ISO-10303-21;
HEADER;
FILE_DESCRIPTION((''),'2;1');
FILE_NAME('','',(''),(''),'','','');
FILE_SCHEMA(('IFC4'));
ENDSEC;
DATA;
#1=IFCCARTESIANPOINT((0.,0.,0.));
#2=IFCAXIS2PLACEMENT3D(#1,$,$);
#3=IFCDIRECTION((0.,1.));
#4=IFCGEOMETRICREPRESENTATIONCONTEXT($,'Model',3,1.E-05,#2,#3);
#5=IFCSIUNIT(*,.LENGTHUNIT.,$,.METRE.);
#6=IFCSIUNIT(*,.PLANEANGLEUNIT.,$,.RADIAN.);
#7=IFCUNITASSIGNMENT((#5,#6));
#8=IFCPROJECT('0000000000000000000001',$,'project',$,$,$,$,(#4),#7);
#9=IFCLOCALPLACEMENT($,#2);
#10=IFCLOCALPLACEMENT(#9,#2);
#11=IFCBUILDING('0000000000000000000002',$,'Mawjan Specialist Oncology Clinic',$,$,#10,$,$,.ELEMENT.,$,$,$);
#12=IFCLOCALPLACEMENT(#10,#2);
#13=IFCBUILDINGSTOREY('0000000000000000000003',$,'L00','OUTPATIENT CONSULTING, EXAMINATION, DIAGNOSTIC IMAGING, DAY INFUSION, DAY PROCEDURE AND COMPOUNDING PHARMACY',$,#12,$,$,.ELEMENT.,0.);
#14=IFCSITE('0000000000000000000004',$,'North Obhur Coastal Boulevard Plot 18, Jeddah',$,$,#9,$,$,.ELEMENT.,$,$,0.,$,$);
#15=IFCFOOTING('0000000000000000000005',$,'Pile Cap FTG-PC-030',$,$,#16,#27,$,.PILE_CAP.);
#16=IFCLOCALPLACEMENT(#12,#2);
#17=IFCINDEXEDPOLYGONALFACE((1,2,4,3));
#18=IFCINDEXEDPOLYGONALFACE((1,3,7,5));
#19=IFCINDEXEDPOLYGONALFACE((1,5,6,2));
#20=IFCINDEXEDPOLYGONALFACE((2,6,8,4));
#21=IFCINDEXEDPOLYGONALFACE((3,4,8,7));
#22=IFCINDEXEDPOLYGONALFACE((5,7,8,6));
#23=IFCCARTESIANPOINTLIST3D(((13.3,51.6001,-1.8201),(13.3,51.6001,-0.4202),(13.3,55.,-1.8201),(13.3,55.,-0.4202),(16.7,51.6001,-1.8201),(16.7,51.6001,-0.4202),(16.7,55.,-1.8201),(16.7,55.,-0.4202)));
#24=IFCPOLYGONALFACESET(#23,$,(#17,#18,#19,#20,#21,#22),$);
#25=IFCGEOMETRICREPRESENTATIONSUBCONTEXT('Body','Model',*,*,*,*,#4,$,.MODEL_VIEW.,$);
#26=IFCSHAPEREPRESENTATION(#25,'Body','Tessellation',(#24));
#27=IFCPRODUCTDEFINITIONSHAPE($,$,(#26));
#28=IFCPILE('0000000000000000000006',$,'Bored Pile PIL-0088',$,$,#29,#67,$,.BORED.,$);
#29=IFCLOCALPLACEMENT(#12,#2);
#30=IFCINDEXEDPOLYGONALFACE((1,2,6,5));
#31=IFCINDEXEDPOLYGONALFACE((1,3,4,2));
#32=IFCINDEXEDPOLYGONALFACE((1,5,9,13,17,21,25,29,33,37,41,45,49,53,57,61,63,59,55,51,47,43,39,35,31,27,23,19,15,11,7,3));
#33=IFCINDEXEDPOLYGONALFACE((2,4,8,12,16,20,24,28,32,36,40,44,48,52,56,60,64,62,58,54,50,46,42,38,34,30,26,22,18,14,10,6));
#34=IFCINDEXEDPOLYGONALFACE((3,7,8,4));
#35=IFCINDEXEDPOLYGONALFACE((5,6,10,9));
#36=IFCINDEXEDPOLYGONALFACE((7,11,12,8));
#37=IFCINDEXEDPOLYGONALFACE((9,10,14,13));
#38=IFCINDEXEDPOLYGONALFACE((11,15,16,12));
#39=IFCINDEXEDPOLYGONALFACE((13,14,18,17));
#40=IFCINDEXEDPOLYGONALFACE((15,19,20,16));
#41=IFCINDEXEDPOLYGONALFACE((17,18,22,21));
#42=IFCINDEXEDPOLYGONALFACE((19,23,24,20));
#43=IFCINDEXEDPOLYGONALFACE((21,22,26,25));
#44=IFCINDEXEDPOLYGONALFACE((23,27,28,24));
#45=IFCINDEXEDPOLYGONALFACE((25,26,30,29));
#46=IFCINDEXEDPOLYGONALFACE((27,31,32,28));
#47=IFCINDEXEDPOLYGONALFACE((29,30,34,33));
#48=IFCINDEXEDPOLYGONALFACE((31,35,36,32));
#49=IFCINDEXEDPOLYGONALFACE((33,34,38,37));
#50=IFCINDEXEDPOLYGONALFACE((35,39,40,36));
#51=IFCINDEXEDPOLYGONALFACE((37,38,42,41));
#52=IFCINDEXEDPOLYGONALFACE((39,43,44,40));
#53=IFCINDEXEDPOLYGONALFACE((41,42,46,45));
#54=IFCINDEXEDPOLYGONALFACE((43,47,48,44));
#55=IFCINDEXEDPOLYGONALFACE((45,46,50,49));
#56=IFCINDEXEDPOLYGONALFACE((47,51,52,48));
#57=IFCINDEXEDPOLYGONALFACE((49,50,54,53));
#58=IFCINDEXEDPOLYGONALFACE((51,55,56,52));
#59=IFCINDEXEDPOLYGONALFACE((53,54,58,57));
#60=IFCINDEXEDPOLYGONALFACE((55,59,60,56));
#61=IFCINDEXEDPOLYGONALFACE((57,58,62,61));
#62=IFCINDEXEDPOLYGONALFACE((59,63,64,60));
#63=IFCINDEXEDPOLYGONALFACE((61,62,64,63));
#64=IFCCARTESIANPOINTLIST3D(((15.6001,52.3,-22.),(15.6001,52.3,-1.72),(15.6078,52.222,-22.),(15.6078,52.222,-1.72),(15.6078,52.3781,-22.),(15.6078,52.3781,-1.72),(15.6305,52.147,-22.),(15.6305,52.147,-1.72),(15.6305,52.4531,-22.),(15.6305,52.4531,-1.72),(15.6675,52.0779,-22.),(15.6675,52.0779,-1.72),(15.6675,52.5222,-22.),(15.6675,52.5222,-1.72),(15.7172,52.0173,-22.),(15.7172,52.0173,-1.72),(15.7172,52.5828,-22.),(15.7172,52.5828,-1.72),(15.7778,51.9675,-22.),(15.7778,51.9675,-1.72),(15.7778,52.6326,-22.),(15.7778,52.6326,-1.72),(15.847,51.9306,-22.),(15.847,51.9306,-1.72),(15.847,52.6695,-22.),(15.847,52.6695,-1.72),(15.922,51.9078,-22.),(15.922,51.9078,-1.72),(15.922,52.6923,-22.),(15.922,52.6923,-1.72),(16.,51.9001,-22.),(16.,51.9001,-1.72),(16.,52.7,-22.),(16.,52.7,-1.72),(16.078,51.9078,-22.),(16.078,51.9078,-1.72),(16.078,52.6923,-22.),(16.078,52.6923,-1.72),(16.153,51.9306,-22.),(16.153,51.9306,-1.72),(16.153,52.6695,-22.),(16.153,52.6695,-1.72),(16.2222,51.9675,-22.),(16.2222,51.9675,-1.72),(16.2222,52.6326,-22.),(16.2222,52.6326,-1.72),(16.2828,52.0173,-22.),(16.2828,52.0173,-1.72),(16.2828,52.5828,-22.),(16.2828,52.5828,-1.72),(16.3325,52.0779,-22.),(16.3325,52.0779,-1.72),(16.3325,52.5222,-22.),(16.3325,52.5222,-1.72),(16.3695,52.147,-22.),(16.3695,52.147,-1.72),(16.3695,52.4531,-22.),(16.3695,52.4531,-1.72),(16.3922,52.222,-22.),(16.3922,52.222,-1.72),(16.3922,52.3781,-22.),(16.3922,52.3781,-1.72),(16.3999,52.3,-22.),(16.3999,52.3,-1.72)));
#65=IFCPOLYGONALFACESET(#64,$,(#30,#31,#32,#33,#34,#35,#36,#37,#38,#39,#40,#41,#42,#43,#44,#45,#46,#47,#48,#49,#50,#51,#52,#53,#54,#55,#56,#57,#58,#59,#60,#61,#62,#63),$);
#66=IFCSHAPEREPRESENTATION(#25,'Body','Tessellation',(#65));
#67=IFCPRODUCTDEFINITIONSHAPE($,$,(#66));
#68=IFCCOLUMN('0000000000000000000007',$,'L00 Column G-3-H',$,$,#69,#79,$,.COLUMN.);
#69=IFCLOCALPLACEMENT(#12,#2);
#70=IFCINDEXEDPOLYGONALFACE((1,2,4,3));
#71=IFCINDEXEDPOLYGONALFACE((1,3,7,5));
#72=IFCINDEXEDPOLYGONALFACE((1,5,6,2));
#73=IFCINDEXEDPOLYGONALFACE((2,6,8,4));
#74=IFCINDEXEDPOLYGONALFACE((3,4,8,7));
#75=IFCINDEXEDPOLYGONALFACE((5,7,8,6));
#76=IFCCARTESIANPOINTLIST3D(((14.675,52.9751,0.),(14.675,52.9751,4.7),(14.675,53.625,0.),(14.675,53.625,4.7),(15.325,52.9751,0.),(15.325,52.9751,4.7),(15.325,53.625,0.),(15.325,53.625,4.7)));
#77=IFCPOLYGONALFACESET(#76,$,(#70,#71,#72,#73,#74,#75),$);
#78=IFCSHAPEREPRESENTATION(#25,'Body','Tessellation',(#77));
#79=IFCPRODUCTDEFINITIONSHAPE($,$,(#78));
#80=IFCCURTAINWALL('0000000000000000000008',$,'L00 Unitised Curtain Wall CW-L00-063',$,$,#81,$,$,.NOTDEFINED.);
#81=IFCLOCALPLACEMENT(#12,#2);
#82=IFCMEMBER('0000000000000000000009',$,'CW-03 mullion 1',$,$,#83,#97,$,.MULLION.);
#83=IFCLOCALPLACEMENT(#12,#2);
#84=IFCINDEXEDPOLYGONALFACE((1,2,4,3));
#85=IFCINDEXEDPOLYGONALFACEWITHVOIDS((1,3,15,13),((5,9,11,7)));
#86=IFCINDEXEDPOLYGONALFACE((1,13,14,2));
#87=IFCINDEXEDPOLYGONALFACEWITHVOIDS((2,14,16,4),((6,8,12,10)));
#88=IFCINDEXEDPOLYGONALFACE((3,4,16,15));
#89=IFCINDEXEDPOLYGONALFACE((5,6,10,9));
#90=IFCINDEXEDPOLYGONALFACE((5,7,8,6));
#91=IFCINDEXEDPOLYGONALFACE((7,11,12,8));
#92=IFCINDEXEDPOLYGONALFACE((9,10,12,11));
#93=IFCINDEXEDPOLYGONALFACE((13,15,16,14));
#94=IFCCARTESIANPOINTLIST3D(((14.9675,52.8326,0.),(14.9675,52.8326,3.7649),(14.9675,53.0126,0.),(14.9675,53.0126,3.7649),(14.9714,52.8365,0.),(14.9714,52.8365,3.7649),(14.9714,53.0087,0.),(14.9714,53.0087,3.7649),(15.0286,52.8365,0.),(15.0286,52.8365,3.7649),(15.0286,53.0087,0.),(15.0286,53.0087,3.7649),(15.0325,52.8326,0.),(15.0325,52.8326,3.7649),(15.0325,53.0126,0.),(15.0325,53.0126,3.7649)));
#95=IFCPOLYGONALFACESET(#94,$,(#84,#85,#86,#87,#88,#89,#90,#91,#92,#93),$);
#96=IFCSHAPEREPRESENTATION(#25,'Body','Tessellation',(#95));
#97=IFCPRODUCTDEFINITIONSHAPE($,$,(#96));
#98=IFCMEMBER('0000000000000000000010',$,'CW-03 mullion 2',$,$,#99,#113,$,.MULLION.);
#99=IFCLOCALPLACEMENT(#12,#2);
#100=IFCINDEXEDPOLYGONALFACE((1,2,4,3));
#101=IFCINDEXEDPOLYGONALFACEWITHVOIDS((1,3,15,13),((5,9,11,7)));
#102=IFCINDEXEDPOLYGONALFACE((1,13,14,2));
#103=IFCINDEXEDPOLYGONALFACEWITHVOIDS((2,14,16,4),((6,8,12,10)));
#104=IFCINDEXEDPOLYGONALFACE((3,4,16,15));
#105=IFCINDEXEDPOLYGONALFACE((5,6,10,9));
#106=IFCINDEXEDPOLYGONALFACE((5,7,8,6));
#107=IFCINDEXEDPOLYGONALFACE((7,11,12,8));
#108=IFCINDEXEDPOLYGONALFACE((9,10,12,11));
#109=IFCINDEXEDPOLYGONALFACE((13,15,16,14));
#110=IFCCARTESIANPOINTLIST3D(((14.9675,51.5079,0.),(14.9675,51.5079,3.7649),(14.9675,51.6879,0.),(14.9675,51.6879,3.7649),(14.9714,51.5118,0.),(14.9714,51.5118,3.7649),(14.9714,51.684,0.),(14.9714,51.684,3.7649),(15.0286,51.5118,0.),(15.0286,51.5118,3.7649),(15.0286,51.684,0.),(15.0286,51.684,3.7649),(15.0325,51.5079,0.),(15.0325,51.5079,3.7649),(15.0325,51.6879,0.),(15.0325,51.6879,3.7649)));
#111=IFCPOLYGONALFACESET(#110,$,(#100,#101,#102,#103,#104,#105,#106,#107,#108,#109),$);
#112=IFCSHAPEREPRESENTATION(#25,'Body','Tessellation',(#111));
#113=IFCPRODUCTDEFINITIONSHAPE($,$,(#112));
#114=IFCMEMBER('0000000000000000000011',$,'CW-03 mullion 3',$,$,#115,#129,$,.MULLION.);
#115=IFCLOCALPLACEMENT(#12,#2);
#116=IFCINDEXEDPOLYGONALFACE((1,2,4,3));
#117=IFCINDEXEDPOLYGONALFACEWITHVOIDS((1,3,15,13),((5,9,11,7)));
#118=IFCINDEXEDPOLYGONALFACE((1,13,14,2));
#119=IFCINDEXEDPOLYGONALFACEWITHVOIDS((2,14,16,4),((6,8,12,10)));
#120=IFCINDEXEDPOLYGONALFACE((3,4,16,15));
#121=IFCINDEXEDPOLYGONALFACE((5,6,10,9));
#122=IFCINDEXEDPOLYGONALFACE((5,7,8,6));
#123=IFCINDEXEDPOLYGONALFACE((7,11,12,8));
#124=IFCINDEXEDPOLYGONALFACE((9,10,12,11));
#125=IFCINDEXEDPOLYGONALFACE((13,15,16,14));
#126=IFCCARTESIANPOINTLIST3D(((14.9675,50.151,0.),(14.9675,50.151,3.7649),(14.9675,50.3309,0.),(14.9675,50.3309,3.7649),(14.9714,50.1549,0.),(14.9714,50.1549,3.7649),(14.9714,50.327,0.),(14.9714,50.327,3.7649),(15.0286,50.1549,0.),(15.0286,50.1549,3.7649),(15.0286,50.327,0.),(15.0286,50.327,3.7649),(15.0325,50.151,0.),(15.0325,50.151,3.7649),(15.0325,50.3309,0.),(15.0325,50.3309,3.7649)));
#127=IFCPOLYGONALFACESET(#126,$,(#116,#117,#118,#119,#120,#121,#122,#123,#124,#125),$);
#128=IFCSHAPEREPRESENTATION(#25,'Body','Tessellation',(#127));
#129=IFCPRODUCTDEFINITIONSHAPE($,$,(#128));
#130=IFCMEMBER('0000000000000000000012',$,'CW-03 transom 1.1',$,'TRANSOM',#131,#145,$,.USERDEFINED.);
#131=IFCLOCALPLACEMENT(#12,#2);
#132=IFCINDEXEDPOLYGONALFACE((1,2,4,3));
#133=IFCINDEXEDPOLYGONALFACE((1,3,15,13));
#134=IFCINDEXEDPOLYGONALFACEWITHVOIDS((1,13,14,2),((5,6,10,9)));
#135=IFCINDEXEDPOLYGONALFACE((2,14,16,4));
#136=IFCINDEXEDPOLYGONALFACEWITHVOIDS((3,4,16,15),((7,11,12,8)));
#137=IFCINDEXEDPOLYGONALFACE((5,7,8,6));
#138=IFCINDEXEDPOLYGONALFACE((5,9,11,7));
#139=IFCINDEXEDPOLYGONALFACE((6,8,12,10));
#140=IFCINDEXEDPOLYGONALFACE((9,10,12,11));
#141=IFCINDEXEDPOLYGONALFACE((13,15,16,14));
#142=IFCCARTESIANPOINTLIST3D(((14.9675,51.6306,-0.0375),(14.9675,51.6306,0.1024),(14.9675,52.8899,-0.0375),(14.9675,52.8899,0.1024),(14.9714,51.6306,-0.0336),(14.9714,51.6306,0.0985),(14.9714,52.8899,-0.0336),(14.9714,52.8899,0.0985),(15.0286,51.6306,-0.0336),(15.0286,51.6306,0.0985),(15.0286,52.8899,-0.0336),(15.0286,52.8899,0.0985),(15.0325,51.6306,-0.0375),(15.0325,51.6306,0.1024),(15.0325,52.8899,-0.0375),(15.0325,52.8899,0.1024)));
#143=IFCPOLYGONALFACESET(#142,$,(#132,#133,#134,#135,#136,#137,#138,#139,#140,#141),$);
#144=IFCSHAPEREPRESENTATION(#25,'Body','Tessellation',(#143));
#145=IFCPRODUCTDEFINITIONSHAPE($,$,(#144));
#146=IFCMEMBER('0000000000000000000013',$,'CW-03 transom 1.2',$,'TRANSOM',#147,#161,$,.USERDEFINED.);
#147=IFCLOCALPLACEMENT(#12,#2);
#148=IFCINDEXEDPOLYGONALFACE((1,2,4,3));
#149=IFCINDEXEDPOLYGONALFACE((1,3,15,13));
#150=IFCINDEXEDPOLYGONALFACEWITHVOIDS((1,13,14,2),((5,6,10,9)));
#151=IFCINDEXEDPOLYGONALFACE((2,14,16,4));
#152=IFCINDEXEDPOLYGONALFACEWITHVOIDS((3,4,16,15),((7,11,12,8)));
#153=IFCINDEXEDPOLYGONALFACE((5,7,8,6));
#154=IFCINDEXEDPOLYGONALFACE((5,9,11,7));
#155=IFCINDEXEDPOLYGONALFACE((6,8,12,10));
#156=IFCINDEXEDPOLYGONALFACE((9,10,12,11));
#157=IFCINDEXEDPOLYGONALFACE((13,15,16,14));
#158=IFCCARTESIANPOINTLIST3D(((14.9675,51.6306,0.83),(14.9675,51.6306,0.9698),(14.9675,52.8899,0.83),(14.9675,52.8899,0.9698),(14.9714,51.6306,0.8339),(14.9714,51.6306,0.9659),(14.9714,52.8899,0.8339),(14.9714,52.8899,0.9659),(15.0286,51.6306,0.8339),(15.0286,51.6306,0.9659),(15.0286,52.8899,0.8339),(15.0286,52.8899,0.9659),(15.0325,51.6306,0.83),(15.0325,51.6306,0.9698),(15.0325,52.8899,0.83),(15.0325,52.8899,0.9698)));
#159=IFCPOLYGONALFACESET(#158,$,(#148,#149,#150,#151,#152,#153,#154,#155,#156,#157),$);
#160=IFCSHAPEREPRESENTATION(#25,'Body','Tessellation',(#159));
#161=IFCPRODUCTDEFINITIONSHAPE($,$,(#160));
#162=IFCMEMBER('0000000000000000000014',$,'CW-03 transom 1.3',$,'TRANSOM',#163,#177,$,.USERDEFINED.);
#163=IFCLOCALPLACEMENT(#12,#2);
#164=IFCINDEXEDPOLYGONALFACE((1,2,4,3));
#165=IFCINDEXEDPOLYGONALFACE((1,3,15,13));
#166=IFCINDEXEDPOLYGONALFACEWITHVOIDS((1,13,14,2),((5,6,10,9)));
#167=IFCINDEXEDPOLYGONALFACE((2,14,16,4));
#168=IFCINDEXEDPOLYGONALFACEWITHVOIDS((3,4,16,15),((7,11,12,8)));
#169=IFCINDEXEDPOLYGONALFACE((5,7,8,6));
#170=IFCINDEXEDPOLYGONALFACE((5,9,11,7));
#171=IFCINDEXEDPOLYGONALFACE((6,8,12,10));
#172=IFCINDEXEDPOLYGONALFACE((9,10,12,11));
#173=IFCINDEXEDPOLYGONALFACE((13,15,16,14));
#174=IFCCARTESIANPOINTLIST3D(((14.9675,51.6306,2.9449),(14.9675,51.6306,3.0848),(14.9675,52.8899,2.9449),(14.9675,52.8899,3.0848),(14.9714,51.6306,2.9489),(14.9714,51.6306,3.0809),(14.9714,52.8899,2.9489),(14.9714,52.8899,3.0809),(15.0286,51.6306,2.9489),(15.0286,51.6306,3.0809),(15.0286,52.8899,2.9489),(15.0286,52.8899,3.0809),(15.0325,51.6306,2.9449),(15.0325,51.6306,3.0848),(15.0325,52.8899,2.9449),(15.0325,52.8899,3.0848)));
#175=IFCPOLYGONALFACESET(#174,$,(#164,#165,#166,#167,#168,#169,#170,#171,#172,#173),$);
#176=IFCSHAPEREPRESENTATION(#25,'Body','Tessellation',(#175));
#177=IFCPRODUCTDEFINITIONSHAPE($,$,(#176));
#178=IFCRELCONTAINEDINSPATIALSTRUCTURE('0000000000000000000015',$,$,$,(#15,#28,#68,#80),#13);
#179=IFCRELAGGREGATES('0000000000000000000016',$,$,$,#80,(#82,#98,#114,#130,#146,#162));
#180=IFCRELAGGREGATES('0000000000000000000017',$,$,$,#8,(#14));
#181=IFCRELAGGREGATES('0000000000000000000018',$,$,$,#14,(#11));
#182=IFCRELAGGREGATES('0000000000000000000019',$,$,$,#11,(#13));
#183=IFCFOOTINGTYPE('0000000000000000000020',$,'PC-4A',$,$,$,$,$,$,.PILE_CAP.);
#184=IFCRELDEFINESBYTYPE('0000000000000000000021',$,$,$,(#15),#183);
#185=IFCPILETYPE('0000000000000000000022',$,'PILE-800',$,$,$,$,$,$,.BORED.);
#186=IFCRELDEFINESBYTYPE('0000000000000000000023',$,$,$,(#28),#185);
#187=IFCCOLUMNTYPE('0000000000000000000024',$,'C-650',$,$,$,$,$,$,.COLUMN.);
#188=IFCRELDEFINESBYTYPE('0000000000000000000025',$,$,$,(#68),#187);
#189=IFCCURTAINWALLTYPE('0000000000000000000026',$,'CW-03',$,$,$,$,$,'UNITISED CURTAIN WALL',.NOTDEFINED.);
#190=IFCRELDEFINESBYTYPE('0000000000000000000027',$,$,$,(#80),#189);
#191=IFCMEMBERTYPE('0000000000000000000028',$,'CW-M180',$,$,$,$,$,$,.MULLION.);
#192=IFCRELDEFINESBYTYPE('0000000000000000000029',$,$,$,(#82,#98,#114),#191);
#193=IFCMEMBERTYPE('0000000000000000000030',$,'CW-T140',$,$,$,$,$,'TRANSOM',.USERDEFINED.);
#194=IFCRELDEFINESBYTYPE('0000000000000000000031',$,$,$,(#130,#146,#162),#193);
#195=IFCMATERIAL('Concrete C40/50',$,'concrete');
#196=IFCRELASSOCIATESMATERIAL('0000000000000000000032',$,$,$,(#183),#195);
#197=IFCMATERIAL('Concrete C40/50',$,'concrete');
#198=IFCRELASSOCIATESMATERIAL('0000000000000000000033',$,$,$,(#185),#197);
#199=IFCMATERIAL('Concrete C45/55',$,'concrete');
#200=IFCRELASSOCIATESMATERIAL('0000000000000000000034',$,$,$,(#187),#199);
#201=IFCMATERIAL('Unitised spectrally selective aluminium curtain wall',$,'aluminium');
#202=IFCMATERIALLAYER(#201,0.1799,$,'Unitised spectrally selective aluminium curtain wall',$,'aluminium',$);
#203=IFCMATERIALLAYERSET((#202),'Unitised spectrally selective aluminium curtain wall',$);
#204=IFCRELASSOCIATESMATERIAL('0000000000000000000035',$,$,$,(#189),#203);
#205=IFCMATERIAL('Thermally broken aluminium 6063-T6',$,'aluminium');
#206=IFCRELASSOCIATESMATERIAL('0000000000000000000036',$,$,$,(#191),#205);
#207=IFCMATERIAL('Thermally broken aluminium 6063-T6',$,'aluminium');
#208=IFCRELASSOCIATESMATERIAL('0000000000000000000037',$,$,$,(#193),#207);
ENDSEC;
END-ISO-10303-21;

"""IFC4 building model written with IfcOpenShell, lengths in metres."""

from ifc_helpers import new_model, si_unit, direction, frame, origin, origin_2d, place, context, subcontext, project, spatial, rectangle, hollow_rectangle, circle, extrude, material, layer, layer_set, material_profile, profile_set, type_object, element, aggregate, save


model = new_model("IFC4")

# Units and contexts
model_context = context("Model", 3, precision=1e-05, world=origin(), true_north=direction((0.0, 1.0)))
body_context = subcontext(model_context, "Body", "Model", "MODEL_VIEW")
ifc_project = project(units=[si_unit("LENGTHUNIT", "METRE"), si_unit("PLANEANGLEUNIT", "RADIAN")], contexts=[model_context])

# Site, building, storey
site_placement = place(None, origin())
site = spatial("IfcSite", under=ifc_project, at=site_placement, Name="North Obhur Coastal Boulevard Plot 18, Jeddah", CompositionType="ELEMENT", RefElevation=0.0)
building_placement = place(site_placement, origin())
building = spatial("IfcBuilding", under=site, at=building_placement, Name="Mawjan Specialist Oncology Clinic", CompositionType="ELEMENT")
storey_placement = place(building_placement, origin())
storey = spatial("IfcBuildingStorey", under=building, at=storey_placement, Name="L00", Description="OUTPATIENT CONSULTING, EXAMINATION, DIAGNOSTIC IMAGING, DAY INFUSION, DAY PROCEDURE AND COMPOUNDING PHARMACY", CompositionType="ELEMENT", Elevation=0.0)

# Footing
ifc_material_1 = material(Name="Concrete C40/50", Category="concrete")
footing_type = type_object("IfcFootingType", Name="PC-4A", PredefinedType="PILE_CAP", material=ifc_material_1)
footing_placement = place(storey_placement, frame((15.0, 53.3, -1.8201), z_axis=(0.0, 0.0, 1.0), x_axis=(1.0, 0.0, 0.0)))
element("IfcFooting", 1, at=footing_placement, inside=storey, type_object=footing_type, Name="Pile Cap FTG-PC-030", PredefinedType="PILE_CAP", context=body_context, shape_type="SweptSolid", body=[
    extrude(rectangle(XDim=3.3999, YDim=3.3999, at=origin_2d()), origin(), (0.0, 0.0, 1.0), 1.3999),
])

# Pile
ifc_material_2 = material(Name="Concrete C40/50", Category="concrete")
ifc_material_profile_1 = material_profile(ifc_material_2, circle(Radius=0.3999, at=origin_2d()), Name="BORED PILE D800", Category="concrete")
ifc_profile_set_1 = profile_set([ifc_material_profile_1], Name="Concrete C40/50")
pile_type = type_object("IfcPileType", Name="PILE-800", PredefinedType="BORED", material=ifc_profile_set_1)
pile_placement = place(storey_placement, frame((16.0, 52.3, -1.72), z_axis=(0.0, 0.0, -1.0), x_axis=(1.0, 0.0, 0.0)))
element("IfcPile", 2, at=pile_placement, inside=storey, type_object=pile_type, Name="Bored Pile PIL-0088", PredefinedType="BORED", context=body_context, shape_type="SweptSolid", body=[
    extrude(circle(Radius=0.3999, at=origin_2d()), origin(), (0.0, 0.0, 1.0), 20.28),
])

# Column
ifc_material_3 = material(Name="Concrete C45/55", Category="concrete")
ifc_material_profile_2 = material_profile(ifc_material_3, rectangle(XDim=0.6499, YDim=0.6499, at=origin_2d()), Name="RC COL 650x650", Category="concrete")
ifc_profile_set_2 = profile_set([ifc_material_profile_2], Name="Concrete C45/55")
column_type = type_object("IfcColumnType", Name="C-650", PredefinedType="COLUMN", material=ifc_profile_set_2)
column_placement = place(storey_placement, frame((15.0, 53.3, 0.0), z_axis=(0.0, 0.0, 1.0), x_axis=(1.0, 0.0, 0.0)))
element("IfcColumn", 3, at=column_placement, inside=storey, type_object=column_type, Name="L00 Column G-3-H", PredefinedType="COLUMN", context=body_context, shape_type="SweptSolid", body=[
    extrude(rectangle(XDim=0.6499, YDim=0.6499, at=origin_2d()), origin(), (0.0, 0.0, 1.0), 4.7),
])

# Curtain wall, members
ifc_material_4 = material(Name="Unitised spectrally selective aluminium curtain wall", Category="aluminium")
ifc_layer_1 = layer(ifc_material_4, 0.1799, Name="Unitised spectrally selective aluminium curtain wall", Category="aluminium")
ifc_layer_set_1 = layer_set([ifc_layer_1], Name="Unitised spectrally selective aluminium curtain wall")
curtain_wall_type = type_object("IfcCurtainWallType", Name="CW-03", ElementType="UNITISED CURTAIN WALL", PredefinedType="NOTDEFINED", material=ifc_layer_set_1)
curtain_wall_placement = place(storey_placement, origin())
curtain_wall = element("IfcCurtainWall", 4, at=curtain_wall_placement, inside=storey, type_object=curtain_wall_type, Name="L00 Unitised Curtain Wall CW-L00-063", PredefinedType="NOTDEFINED")
ifc_material_5 = material(Name="Thermally broken aluminium 6063-T6", Category="aluminium")
ifc_material_profile_3 = material_profile(ifc_material_5, hollow_rectangle(XDim=0.0649, YDim=0.1799, WallThickness=0.0039, at=origin_2d()), Name="ALU MULLION 180x65x4", Category="aluminium")
ifc_profile_set_3 = profile_set([ifc_material_profile_3], Name="Thermally broken aluminium 6063-T6")
member_type_1 = type_object("IfcMemberType", Name="CW-M180", PredefinedType="MULLION", material=ifc_profile_set_3)
member_1_placement = place(storey_placement, frame((15.0, 52.9226, 0.0), z_axis=(0.0, 0.0, 1.0), x_axis=(1.0, 0.0, 0.0)))
member_1 = element("IfcMember", 5, at=member_1_placement, type_object=member_type_1, Name="CW-03 mullion 1", PredefinedType="MULLION", context=body_context, shape_type="SweptSolid", body=[
    extrude(hollow_rectangle(XDim=0.0649, YDim=0.1799, WallThickness=0.0039, at=origin_2d()), origin(), (0.0, 0.0, 1.0), 3.7649),
])
member_2_placement = place(storey_placement, frame((15.0, 51.5979, 0.0), z_axis=(0.0, 0.0, 1.0), x_axis=(1.0, 0.0, 0.0)))
member_2 = element("IfcMember", 6, at=member_2_placement, type_object=member_type_1, Name="CW-03 mullion 2", PredefinedType="MULLION", context=body_context, shape_type="SweptSolid", body=[
    extrude(hollow_rectangle(XDim=0.0649, YDim=0.1799, WallThickness=0.0039, at=origin_2d()), origin(), (0.0, 0.0, 1.0), 3.7649),
])
member_3_placement = place(storey_placement, frame((15.0, 50.241, 0.0), z_axis=(0.0, 0.0, 1.0), x_axis=(1.0, 0.0, 0.0)))
member_3 = element("IfcMember", 7, at=member_3_placement, type_object=member_type_1, Name="CW-03 mullion 3", PredefinedType="MULLION", context=body_context, shape_type="SweptSolid", body=[
    extrude(hollow_rectangle(XDim=0.0649, YDim=0.1799, WallThickness=0.0039, at=origin_2d()), origin(), (0.0, 0.0, 1.0), 3.7649),
])
ifc_material_6 = material(Name="Thermally broken aluminium 6063-T6", Category="aluminium")
ifc_material_profile_4 = material_profile(ifc_material_6, hollow_rectangle(XDim=0.0649, YDim=0.1399, WallThickness=0.0039, at=origin_2d()), Name="ALU TRANSOM 140x65x4", Category="aluminium")
ifc_profile_set_4 = profile_set([ifc_material_profile_4], Name="Thermally broken aluminium 6063-T6")
member_type_2 = type_object("IfcMemberType", Name="CW-T140", ElementType="TRANSOM", PredefinedType="USERDEFINED", material=ifc_profile_set_4)
member_4_placement = place(storey_placement, frame((15.0, 52.8899, 0.0325), z_axis=(0.0, -1.0, 0.0), x_axis=(1.0, 0.0, 0.0)))
member_4 = element("IfcMember", 8, at=member_4_placement, type_object=member_type_2, Name="CW-03 transom 1.1", ObjectType="TRANSOM", PredefinedType="USERDEFINED", context=body_context, shape_type="SweptSolid", body=[
    extrude(hollow_rectangle(XDim=0.0649, YDim=0.1399, WallThickness=0.0039, at=origin_2d()), origin(), (0.0, 0.0, 1.0), 1.2593),
])
member_5_placement = place(storey_placement, frame((15.0, 52.8899, 0.8999), z_axis=(0.0, -1.0, 0.0), x_axis=(1.0, 0.0, 0.0)))
member_5 = element("IfcMember", 9, at=member_5_placement, type_object=member_type_2, Name="CW-03 transom 1.2", ObjectType="TRANSOM", PredefinedType="USERDEFINED", context=body_context, shape_type="SweptSolid", body=[
    extrude(hollow_rectangle(XDim=0.0649, YDim=0.1399, WallThickness=0.0039, at=origin_2d()), origin(), (0.0, 0.0, 1.0), 1.2593),
])
member_6_placement = place(storey_placement, frame((15.0, 52.8899, 3.0149), z_axis=(0.0, -1.0, 0.0), x_axis=(1.0, 0.0, 0.0)))
member_6 = element("IfcMember", 10, at=member_6_placement, type_object=member_type_2, Name="CW-03 transom 1.3", ObjectType="TRANSOM", PredefinedType="USERDEFINED", context=body_context, shape_type="SweptSolid", body=[
    extrude(hollow_rectangle(XDim=0.0649, YDim=0.1399, WallThickness=0.0039, at=origin_2d()), origin(), (0.0, 0.0, 1.0), 1.2593),
])
aggregate(curtain_wall, [member_1, member_2, member_3, member_4, member_5, member_6])

save(model, "model.ifc")
